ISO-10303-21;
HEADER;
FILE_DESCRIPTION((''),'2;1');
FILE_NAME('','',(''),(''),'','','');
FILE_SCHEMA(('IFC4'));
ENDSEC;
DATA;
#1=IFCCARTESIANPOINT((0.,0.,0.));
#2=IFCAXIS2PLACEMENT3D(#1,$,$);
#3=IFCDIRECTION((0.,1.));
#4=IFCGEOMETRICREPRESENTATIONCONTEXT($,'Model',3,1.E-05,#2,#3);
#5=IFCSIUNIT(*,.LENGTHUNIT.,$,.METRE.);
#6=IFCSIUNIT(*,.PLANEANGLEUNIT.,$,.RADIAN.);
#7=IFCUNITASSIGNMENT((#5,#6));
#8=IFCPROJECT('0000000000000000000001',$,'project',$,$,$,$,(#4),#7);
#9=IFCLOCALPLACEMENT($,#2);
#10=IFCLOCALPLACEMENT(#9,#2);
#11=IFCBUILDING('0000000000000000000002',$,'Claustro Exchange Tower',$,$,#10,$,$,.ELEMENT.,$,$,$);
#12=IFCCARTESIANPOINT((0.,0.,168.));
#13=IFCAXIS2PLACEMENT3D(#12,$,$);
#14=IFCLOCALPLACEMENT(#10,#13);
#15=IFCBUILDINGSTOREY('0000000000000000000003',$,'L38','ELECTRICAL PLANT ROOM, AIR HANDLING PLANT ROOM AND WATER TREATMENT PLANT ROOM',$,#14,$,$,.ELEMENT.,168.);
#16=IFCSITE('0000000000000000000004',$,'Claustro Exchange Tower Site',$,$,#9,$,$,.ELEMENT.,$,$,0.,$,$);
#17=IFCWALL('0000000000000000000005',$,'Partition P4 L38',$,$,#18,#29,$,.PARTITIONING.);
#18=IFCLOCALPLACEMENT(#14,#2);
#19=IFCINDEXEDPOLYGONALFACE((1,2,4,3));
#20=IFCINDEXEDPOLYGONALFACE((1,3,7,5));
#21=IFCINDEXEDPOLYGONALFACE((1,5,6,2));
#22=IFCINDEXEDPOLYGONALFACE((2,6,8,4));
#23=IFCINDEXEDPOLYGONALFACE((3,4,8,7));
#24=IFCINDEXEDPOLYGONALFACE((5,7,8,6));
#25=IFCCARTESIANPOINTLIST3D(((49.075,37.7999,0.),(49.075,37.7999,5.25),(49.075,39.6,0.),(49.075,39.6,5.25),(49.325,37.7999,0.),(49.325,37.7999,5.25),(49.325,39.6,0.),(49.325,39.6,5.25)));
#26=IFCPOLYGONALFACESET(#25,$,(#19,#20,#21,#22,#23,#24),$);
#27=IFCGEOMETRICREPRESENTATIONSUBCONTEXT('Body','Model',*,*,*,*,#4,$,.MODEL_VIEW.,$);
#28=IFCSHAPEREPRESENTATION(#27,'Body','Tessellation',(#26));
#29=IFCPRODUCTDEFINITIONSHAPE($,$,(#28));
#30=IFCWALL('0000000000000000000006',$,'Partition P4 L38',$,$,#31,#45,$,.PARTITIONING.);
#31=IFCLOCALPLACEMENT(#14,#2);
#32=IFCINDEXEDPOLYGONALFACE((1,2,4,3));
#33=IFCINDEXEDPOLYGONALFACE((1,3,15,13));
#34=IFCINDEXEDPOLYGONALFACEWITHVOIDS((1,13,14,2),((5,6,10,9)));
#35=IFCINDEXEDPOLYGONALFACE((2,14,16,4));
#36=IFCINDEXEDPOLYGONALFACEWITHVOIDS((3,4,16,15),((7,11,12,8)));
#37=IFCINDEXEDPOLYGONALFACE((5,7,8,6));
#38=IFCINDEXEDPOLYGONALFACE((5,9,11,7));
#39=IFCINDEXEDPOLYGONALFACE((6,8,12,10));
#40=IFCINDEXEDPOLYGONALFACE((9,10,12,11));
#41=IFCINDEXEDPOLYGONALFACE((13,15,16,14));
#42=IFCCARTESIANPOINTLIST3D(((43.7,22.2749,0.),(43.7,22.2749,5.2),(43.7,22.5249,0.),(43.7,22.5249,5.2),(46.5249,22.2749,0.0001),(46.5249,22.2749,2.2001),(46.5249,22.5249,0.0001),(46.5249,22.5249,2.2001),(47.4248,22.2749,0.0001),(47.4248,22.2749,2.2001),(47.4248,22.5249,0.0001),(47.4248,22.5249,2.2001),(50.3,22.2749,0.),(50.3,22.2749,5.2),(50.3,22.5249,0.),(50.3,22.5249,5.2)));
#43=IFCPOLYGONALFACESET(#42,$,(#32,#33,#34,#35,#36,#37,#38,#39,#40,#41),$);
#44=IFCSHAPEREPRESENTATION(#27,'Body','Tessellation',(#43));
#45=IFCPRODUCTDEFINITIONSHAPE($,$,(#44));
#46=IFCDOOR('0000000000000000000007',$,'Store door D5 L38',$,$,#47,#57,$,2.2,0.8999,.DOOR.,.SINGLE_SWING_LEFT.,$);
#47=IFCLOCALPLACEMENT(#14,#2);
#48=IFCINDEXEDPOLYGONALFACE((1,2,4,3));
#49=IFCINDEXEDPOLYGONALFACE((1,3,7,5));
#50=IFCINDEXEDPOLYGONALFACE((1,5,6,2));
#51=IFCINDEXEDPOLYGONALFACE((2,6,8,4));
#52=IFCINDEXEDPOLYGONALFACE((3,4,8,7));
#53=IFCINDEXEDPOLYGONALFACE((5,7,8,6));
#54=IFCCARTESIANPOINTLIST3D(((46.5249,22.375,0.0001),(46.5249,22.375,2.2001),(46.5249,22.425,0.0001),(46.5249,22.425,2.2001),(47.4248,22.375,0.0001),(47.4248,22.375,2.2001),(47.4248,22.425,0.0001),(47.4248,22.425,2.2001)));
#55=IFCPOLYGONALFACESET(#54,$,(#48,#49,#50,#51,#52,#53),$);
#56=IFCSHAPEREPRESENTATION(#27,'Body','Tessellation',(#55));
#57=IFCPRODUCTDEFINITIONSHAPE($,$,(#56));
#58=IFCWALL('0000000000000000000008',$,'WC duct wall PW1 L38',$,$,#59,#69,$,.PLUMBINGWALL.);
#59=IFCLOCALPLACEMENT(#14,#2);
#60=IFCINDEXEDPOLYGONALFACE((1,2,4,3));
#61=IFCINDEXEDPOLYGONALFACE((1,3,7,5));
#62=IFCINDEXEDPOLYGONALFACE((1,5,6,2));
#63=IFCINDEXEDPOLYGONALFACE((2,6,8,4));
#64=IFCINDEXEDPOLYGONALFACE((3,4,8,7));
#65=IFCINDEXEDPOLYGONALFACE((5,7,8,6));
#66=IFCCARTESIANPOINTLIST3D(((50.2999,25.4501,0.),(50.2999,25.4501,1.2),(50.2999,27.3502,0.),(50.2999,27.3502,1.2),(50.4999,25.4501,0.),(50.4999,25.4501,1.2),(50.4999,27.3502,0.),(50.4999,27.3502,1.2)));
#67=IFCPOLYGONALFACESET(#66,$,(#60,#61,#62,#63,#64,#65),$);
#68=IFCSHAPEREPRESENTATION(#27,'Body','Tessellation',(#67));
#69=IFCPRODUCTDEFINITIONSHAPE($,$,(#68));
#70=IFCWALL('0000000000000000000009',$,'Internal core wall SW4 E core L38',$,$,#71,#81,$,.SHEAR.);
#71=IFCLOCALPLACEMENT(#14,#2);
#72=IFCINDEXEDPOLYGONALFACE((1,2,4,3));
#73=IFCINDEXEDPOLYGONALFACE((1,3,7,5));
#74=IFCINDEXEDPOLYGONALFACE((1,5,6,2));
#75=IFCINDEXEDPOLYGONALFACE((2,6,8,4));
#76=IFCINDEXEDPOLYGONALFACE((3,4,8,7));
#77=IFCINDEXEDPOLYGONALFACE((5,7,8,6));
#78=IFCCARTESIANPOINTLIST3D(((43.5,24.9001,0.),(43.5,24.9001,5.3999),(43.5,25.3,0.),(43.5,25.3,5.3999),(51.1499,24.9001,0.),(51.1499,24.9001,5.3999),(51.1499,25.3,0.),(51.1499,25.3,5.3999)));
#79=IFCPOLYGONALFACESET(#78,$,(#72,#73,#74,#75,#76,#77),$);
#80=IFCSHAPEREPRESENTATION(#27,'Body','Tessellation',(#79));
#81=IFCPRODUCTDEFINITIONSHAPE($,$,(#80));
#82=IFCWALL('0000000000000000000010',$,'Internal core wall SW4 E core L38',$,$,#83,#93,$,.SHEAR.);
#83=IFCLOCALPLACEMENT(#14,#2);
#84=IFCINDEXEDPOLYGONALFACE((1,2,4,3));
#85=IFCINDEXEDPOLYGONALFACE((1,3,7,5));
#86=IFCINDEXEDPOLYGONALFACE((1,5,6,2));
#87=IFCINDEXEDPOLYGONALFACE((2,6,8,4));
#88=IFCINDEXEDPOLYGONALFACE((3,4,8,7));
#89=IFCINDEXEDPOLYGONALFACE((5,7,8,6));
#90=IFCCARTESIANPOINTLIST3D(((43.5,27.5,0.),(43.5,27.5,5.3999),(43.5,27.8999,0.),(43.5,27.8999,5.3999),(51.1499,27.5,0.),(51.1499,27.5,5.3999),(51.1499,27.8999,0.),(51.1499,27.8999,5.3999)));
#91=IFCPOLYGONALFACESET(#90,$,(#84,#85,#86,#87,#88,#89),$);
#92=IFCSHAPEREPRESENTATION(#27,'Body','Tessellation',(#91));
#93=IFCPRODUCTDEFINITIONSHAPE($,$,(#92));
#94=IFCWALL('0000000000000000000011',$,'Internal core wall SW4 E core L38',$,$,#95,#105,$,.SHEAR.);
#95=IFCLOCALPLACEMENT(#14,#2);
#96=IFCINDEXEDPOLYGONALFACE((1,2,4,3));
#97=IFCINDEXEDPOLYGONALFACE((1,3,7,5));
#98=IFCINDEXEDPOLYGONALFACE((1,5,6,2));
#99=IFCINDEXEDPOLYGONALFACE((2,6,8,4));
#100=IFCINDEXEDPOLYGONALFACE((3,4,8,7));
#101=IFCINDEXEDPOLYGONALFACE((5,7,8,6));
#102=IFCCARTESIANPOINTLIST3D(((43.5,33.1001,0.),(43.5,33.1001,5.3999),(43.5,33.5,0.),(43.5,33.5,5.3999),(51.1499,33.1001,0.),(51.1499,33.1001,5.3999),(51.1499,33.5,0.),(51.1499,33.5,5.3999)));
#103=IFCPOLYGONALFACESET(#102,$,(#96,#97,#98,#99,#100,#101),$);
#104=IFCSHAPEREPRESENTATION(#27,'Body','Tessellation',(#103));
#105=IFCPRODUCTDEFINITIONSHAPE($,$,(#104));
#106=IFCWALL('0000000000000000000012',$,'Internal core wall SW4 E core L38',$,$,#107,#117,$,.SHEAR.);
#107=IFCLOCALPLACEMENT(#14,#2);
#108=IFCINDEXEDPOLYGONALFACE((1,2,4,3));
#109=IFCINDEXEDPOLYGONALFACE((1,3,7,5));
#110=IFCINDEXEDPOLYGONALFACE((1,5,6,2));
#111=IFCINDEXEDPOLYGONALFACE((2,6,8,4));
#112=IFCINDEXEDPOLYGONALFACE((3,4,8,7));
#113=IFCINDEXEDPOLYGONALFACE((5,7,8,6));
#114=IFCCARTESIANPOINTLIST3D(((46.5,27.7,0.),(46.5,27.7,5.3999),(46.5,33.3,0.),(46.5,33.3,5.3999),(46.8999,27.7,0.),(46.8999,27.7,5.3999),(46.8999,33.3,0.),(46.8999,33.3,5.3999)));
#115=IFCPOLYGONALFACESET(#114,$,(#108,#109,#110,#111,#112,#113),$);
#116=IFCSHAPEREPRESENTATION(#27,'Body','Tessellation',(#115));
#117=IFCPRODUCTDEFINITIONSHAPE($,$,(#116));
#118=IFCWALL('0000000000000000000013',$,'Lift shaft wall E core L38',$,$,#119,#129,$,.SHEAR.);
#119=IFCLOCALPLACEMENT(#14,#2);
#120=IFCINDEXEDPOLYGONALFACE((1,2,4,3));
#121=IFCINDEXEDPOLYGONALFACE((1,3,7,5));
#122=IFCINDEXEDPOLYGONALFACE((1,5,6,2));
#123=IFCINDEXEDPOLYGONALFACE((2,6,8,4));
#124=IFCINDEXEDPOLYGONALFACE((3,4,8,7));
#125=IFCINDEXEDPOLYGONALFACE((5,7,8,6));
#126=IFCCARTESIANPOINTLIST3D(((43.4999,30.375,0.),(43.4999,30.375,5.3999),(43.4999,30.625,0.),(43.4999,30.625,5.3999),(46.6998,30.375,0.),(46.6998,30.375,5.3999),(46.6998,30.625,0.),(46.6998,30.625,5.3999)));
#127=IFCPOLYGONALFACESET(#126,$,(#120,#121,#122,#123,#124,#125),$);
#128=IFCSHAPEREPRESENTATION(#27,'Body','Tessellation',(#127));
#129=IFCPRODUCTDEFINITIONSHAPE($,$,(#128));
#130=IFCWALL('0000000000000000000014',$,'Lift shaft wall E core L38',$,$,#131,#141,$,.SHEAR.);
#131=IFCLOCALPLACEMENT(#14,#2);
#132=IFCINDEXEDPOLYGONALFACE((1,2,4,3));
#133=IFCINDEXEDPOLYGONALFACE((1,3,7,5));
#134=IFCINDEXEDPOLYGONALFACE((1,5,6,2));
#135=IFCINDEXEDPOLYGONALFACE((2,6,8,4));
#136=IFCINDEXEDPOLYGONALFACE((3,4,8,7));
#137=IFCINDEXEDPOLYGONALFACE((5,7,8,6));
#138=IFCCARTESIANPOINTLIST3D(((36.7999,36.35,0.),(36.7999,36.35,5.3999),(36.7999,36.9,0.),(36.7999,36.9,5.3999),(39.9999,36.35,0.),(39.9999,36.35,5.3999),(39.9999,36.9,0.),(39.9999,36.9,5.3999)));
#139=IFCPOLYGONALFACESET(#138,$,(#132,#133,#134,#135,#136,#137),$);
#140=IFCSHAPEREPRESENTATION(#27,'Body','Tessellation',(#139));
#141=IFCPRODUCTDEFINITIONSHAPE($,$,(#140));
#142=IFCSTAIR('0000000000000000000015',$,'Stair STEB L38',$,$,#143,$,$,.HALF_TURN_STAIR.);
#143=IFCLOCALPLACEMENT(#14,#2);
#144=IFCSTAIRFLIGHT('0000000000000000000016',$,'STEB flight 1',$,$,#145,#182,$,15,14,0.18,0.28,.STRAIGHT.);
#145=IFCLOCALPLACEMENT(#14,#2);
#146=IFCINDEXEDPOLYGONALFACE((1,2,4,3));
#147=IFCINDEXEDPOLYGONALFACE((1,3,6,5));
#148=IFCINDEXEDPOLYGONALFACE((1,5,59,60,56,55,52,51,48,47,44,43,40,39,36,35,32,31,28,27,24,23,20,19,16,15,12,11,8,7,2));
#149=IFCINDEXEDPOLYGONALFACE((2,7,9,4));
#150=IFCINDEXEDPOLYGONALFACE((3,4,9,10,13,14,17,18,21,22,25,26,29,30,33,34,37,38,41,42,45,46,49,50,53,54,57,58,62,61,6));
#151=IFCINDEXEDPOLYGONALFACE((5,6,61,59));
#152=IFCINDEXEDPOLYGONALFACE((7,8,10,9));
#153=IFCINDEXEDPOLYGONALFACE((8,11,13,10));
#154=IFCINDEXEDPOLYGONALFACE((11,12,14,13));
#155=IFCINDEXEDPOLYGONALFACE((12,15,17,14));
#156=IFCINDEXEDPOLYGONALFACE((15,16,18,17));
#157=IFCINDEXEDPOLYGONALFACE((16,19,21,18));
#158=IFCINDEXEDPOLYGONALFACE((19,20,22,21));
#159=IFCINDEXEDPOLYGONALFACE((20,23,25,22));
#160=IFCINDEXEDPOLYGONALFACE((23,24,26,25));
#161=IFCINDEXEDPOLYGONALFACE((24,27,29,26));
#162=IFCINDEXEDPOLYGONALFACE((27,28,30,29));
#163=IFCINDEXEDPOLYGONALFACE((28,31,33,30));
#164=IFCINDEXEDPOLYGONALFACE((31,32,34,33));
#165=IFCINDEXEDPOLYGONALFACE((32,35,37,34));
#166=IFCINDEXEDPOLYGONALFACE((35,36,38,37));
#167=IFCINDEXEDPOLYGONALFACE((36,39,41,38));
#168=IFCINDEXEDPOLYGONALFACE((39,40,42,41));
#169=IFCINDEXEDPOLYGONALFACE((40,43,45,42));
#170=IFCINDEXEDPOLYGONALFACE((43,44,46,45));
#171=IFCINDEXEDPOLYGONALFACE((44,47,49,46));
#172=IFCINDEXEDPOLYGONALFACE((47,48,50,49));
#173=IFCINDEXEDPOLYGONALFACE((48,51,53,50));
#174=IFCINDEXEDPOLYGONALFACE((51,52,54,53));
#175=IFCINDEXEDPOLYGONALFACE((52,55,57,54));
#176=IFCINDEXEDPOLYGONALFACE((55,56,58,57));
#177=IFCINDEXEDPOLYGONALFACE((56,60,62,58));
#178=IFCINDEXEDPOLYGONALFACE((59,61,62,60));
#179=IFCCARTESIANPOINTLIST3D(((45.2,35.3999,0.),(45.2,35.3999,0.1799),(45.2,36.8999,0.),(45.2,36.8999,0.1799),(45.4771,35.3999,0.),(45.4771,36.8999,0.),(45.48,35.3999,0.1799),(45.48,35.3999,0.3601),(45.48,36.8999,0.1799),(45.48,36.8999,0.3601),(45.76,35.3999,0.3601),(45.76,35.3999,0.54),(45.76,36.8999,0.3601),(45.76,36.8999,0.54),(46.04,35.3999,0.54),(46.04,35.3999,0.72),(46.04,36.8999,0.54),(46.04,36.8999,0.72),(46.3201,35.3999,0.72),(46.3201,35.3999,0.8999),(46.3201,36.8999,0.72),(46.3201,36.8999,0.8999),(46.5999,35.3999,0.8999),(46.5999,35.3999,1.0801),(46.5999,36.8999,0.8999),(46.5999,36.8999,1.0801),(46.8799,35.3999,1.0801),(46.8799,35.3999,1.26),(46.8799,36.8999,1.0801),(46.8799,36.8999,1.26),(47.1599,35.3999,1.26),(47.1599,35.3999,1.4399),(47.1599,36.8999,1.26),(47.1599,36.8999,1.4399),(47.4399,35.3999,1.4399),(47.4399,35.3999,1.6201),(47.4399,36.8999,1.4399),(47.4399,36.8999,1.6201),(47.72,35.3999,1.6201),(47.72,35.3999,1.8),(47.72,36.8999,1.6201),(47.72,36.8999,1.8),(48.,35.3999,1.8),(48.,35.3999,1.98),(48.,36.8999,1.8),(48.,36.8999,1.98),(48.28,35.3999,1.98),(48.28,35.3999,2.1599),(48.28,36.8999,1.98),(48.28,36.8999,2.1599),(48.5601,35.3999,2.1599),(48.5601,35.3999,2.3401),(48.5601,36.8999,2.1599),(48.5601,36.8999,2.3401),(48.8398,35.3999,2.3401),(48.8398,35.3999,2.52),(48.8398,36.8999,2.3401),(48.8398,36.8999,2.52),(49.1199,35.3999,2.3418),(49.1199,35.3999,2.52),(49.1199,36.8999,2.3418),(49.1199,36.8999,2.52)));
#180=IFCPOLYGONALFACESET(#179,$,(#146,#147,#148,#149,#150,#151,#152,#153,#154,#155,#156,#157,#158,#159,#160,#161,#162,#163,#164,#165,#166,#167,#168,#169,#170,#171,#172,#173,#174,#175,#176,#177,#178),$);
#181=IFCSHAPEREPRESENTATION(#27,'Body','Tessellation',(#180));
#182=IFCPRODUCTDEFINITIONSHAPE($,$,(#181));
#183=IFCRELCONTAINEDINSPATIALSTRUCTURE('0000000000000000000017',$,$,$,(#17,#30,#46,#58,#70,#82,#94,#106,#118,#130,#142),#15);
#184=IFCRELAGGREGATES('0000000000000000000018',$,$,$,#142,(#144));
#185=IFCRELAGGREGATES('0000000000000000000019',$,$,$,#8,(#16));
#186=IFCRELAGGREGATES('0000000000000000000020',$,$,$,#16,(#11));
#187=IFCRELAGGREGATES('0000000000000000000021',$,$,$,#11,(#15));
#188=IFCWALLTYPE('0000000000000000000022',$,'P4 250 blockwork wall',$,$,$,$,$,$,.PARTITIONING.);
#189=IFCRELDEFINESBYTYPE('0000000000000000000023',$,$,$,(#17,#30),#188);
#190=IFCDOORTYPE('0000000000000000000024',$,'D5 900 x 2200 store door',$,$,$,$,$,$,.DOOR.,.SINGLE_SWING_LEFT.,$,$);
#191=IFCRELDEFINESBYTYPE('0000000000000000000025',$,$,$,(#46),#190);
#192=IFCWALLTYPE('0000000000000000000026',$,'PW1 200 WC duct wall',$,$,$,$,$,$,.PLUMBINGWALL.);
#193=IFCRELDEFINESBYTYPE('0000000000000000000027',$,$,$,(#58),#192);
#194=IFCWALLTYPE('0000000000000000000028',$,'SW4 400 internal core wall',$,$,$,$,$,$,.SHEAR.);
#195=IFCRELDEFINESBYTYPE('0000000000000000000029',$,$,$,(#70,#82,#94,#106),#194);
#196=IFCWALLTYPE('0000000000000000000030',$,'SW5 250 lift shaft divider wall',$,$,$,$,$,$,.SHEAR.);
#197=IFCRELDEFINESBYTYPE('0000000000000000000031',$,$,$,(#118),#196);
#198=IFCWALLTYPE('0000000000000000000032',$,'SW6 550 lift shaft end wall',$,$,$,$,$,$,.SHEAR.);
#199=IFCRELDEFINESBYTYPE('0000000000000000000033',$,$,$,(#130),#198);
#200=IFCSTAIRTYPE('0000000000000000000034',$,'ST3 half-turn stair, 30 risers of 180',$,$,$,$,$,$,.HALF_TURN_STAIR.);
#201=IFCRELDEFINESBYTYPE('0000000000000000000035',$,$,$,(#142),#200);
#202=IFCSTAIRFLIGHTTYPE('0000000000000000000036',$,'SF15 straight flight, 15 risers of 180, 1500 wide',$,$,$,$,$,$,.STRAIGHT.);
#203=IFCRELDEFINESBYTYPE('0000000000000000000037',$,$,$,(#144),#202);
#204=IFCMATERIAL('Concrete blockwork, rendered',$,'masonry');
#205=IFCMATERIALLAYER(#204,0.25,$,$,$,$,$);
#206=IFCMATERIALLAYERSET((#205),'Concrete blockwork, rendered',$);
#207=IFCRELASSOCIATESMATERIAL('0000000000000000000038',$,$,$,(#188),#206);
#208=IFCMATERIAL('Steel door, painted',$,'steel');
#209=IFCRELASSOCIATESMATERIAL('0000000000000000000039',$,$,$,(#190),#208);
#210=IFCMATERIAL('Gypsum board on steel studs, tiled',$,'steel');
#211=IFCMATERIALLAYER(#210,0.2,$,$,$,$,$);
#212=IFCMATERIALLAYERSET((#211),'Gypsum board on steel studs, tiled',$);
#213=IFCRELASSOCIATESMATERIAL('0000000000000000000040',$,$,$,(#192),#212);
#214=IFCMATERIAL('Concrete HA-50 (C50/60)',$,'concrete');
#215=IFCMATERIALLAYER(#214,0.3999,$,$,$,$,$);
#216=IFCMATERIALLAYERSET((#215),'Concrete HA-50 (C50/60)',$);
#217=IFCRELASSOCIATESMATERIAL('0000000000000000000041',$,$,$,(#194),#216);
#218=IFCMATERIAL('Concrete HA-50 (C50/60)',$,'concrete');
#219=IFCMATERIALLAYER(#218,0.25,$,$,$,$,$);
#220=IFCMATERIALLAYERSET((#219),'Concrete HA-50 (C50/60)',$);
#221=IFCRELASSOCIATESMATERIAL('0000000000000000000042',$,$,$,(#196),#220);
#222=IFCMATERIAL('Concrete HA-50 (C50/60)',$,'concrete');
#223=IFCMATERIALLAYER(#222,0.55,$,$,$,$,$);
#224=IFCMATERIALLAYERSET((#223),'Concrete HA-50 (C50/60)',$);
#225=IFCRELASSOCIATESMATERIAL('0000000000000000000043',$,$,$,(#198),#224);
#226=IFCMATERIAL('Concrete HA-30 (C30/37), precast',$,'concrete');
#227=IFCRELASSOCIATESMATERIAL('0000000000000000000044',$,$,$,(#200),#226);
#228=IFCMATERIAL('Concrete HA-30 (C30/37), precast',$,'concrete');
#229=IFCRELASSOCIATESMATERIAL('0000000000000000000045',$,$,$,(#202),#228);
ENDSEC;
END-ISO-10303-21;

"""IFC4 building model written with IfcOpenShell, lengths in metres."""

from ifc_helpers import new_model, si_unit, direction, frame, frame_2d, origin, place, context, subcontext, project, spatial, polyline, rectangle, outline, extrude, material, layer, layer_set, type_object, element, fill, aggregate, save


model = new_model("IFC4")

# Units and contexts
model_context = context("Model", 3, precision=1e-05, world=origin(), true_north=direction((0.0, 1.0)))
body_context = subcontext(model_context, "Body", "Model", "MODEL_VIEW")
ifc_project = project(units=[si_unit("LENGTHUNIT", "METRE"), si_unit("PLANEANGLEUNIT", "RADIAN")], contexts=[model_context])

# Site, building, storey
site_placement = place(None, origin())
site = spatial("IfcSite", under=ifc_project, at=site_placement, Name="Claustro Exchange Tower Site", CompositionType="ELEMENT", RefElevation=0.0)
building_placement = place(site_placement, origin())
building = spatial("IfcBuilding", under=site, at=building_placement, Name="Claustro Exchange Tower", CompositionType="ELEMENT")
storey_placement = place(building_placement, frame((0.0, 0.0, 168.0)))
storey = spatial("IfcBuildingStorey", under=building, at=storey_placement, Name="L38", Description="ELECTRICAL PLANT ROOM, AIR HANDLING PLANT ROOM AND WATER TREATMENT PLANT ROOM", CompositionType="ELEMENT", Elevation=168.0)

# Wall
ifc_material_1 = material(Name="Concrete blockwork, rendered", Category="masonry")
ifc_layer_1 = layer(ifc_material_1, 0.25)
ifc_layer_set_1 = layer_set([ifc_layer_1], Name="Concrete blockwork, rendered")
wall_type_1 = type_object("IfcWallType", Name="P4 250 blockwork wall", PredefinedType="PARTITIONING", material=ifc_layer_set_1)
wall_1_placement = place(storey_placement, frame((49.2, 37.8, 0.0), z_axis=(0.0, 0.0, 1.0), x_axis=(0.0, 1.0, 0.0)))
element("IfcWall", 1, at=wall_1_placement, inside=storey, type_object=wall_type_1, Name="Partition P4 L38", PredefinedType="PARTITIONING", context=body_context, shape_type="SweptSolid", body=[
    extrude(rectangle(XDim=1.8, YDim=0.25, at=frame_2d((0.8999, 0.0))), origin(), (0.0, 0.0, 1.0), 5.25),
])

# Wall, opening, door
wall_2_placement = place(storey_placement, frame((43.7, 22.3999, 0.0), z_axis=(0.0, 0.0, 1.0), x_axis=(1.0, 0.0, 0.0)))
wall_2 = element("IfcWall", 2, at=wall_2_placement, inside=storey, type_object=wall_type_1, Name="Partition P4 L38", PredefinedType="PARTITIONING", context=body_context, shape_type="SweptSolid", body=[
    extrude(rectangle(XDim=6.6001, YDim=0.25, at=frame_2d((3.3, 0.0))), origin(), (0.0, 0.0, 1.0), 5.2),
])
opening_placement = place(wall_2_placement, frame((2.825, 0.0, 0.0)))
opening = element("IfcOpeningElement", 3, at=opening_placement, cuts=wall_2, PredefinedType="OPENING", context=body_context, shape_type="SweptSolid", body=[
    extrude(rectangle(XDim=0.8999, YDim=2.2, at=frame_2d((0.45, 1.1001))), frame((0.0, 0.135, 0.0), z_axis=(0.0, -1.0, 0.0), x_axis=(1.0, 0.0, 0.0)), (0.0, 0.0, 1.0), 0.27),
])
ifc_material_2 = material(Name="Steel door, painted", Category="steel")
door_type = type_object("IfcDoorType", Name="D5 900 x 2200 store door", OperationType="SINGLE_SWING_LEFT", PredefinedType="DOOR", material=ifc_material_2)
door_placement = place(opening_placement, frame((0.8999, 0.0, 0.0), z_axis=(0.0, 0.0, 1.0), x_axis=(-1.0, 0.0, 0.0)))
door = element("IfcDoor", 4, at=door_placement, inside=storey, type_object=door_type, Name="Store door D5 L38", OperationType="SINGLE_SWING_LEFT", OverallHeight=2.2, OverallWidth=0.8999, PredefinedType="DOOR", context=body_context, shape_type="SweptSolid", body=[
    extrude(rectangle(XDim=0.8999, YDim=2.2, at=frame_2d((0.45, 1.1001))), frame((0.0, 0.0249, 0.0), z_axis=(0.0, -1.0, 0.0), x_axis=(1.0, 0.0, 0.0)), (0.0, 0.0, 1.0), 0.05),
])
fill(opening, door)

# Walls
ifc_material_3 = material(Name="Gypsum board on steel studs, tiled", Category="steel")
ifc_layer_2 = layer(ifc_material_3, 0.2)
ifc_layer_set_2 = layer_set([ifc_layer_2], Name="Gypsum board on steel studs, tiled")
wall_type_2 = type_object("IfcWallType", Name="PW1 200 WC duct wall", PredefinedType="PLUMBINGWALL", material=ifc_layer_set_2)
wall_3_placement = place(storey_placement, frame((50.3999, 25.45, 0.0), z_axis=(0.0, 0.0, 1.0), x_axis=(0.0, 1.0, 0.0)))
element("IfcWall", 5, at=wall_3_placement, inside=storey, type_object=wall_type_2, Name="WC duct wall PW1 L38", PredefinedType="PLUMBINGWALL", context=body_context, shape_type="SweptSolid", body=[
    extrude(rectangle(XDim=1.9001, YDim=0.2, at=frame_2d((0.9502, 0.0))), origin(), (0.0, 0.0, 1.0), 1.2),
])
ifc_material_4 = material(Name="Concrete HA-50 (C50/60)", Category="concrete")
ifc_layer_3 = layer(ifc_material_4, 0.3999)
ifc_layer_set_3 = layer_set([ifc_layer_3], Name="Concrete HA-50 (C50/60)")
wall_type_3 = type_object("IfcWallType", Name="SW4 400 internal core wall", PredefinedType="SHEAR", material=ifc_layer_set_3)
for number, where, z_axis, x_axis, name in (
    (6, (51.1499, 25.1001, 0.0), (0.0, 0.0, 1.0), (-1.0, 0.0, 0.0), "Internal core wall SW4 E core L38"),
    (7, (51.1499, 27.7, 0.0), (0.0, 0.0, 1.0), (-1.0, 0.0, 0.0), "Internal core wall SW4 E core L38"),
    (8, (51.1499, 33.3, 0.0), (0.0, 0.0, 1.0), (-1.0, 0.0, 0.0), "Internal core wall SW4 E core L38"),
):
    element("IfcWall", number, at=place(storey_placement, frame(where, z_axis=z_axis, x_axis=x_axis)), inside=storey, type_object=wall_type_3, Name=name, PredefinedType="SHEAR", context=body_context, shape_type="SweptSolid", body=[
        extrude(rectangle(XDim=7.6499, YDim=0.3999, at=frame_2d((3.825, 0.0))), origin(), (0.0, 0.0, 1.0), 5.3999),
    ])
wall_4_placement = place(storey_placement, frame((46.7, 27.7, 0.0), z_axis=(0.0, 0.0, 1.0), x_axis=(0.0, 1.0, 0.0)))
element("IfcWall", 9, at=wall_4_placement, inside=storey, type_object=wall_type_3, Name="Internal core wall SW4 E core L38", PredefinedType="SHEAR", context=body_context, shape_type="SweptSolid", body=[
    extrude(rectangle(XDim=5.6001, YDim=0.3999, at=frame_2d((2.8, 0.0))), origin(), (0.0, 0.0, 1.0), 5.3999),
])
ifc_material_5 = material(Name="Concrete HA-50 (C50/60)", Category="concrete")
ifc_layer_4 = layer(ifc_material_5, 0.25)
ifc_layer_set_4 = layer_set([ifc_layer_4], Name="Concrete HA-50 (C50/60)")
wall_type_4 = type_object("IfcWallType", Name="SW5 250 lift shaft divider wall", PredefinedType="SHEAR", material=ifc_layer_set_4)
wall_5_placement = place(storey_placement, frame((46.7, 30.5, 0.0), z_axis=(0.0, 0.0, 1.0), x_axis=(-1.0, 0.0, 0.0)))
element("IfcWall", 10, at=wall_5_placement, inside=storey, type_object=wall_type_4, Name="Lift shaft wall E core L38", PredefinedType="SHEAR", context=body_context, shape_type="SweptSolid", body=[
    extrude(rectangle(XDim=3.2, YDim=0.25, at=frame_2d((1.6001, 0.0))), origin(), (0.0, 0.0, 1.0), 5.3999),
])
ifc_material_6 = material(Name="Concrete HA-50 (C50/60)", Category="concrete")
ifc_layer_5 = layer(ifc_material_6, 0.55)
ifc_layer_set_5 = layer_set([ifc_layer_5], Name="Concrete HA-50 (C50/60)")
wall_type_5 = type_object("IfcWallType", Name="SW6 550 lift shaft end wall", PredefinedType="SHEAR", material=ifc_layer_set_5)
wall_6_placement = place(storey_placement, frame((40.0, 36.625, 0.0), z_axis=(0.0, 0.0, 1.0), x_axis=(-1.0, 0.0, 0.0)))
element("IfcWall", 11, at=wall_6_placement, inside=storey, type_object=wall_type_5, Name="Lift shaft wall E core L38", PredefinedType="SHEAR", context=body_context, shape_type="SweptSolid", body=[
    extrude(rectangle(XDim=3.2, YDim=0.55, at=frame_2d((1.6001, 0.0))), origin(), (0.0, 0.0, 1.0), 5.3999),
])

# Stair, stair flight
ifc_material_7 = material(Name="Concrete HA-30 (C30/37), precast", Category="concrete")
stair_type = type_object("IfcStairType", Name="ST3 half-turn stair, 30 risers of 180", PredefinedType="HALF_TURN_STAIR", material=ifc_material_7)
stair_placement = place(storey_placement, origin())
stair = element("IfcStair", 12, at=stair_placement, inside=storey, type_object=stair_type, Name="Stair STEB L38", PredefinedType="HALF_TURN_STAIR")
ifc_material_8 = material(Name="Concrete HA-30 (C30/37), precast", Category="concrete")
stair_flight_type = type_object("IfcStairFlightType", Name="SF15 straight flight, 15 risers of 180, 1500 wide", PredefinedType="STRAIGHT", material=ifc_material_8)
stair_flight_1_placement = place(storey_placement, frame((45.2, 36.1499, 0.0), z_axis=(0.0, 0.0, 1.0), x_axis=(1.0, 0.0, 0.0)))
stair_flight_1 = element("IfcStairFlight", 13, at=stair_flight_1_placement, type_object=stair_flight_type, Name="STEB flight 1", NumberOfRisers=15, NumberOfTreads=14, PredefinedType="STRAIGHT", RiserHeight=0.18, TreadLength=0.28, context=body_context, shape_type="SweptSolid", body=[
    extrude(outline(polyline([(0.0, 0.0), (0.0, 0.1799), (0.28, 0.1799), (0.28, 0.3601), (0.5601, 0.3601), (0.5601, 0.54), (0.8401, 0.54), (0.8401, 0.72), (1.1201, 0.72), (1.1201, 0.8999), (1.3999, 0.8999), (1.3999, 1.0801), (1.6799, 1.0801), (1.6799, 1.26), (1.96, 1.26), (1.96, 1.4399), (2.24, 1.4399), (2.24, 1.6201), (2.52, 1.6201), (2.52, 1.8), (2.8, 1.8), (2.8, 1.98), (3.0801, 1.98), (3.0801, 2.1599), (3.3601, 2.1599), (3.3601, 2.3401), (3.6399, 2.3401), (3.6399, 2.52), (3.9199, 2.52), (3.9199, 2.7), (3.9199, 2.3418), (0.2771, 0.0), (0.0, 0.0)])), frame((0.0, 0.75, 0.0), z_axis=(0.0, -1.0, 0.0), x_axis=(1.0, 0.0, 0.0)), (0.0, 0.0, 1.0), 1.5),
])
aggregate(stair, [stair_flight_1])

save(model, "model.ifc")
